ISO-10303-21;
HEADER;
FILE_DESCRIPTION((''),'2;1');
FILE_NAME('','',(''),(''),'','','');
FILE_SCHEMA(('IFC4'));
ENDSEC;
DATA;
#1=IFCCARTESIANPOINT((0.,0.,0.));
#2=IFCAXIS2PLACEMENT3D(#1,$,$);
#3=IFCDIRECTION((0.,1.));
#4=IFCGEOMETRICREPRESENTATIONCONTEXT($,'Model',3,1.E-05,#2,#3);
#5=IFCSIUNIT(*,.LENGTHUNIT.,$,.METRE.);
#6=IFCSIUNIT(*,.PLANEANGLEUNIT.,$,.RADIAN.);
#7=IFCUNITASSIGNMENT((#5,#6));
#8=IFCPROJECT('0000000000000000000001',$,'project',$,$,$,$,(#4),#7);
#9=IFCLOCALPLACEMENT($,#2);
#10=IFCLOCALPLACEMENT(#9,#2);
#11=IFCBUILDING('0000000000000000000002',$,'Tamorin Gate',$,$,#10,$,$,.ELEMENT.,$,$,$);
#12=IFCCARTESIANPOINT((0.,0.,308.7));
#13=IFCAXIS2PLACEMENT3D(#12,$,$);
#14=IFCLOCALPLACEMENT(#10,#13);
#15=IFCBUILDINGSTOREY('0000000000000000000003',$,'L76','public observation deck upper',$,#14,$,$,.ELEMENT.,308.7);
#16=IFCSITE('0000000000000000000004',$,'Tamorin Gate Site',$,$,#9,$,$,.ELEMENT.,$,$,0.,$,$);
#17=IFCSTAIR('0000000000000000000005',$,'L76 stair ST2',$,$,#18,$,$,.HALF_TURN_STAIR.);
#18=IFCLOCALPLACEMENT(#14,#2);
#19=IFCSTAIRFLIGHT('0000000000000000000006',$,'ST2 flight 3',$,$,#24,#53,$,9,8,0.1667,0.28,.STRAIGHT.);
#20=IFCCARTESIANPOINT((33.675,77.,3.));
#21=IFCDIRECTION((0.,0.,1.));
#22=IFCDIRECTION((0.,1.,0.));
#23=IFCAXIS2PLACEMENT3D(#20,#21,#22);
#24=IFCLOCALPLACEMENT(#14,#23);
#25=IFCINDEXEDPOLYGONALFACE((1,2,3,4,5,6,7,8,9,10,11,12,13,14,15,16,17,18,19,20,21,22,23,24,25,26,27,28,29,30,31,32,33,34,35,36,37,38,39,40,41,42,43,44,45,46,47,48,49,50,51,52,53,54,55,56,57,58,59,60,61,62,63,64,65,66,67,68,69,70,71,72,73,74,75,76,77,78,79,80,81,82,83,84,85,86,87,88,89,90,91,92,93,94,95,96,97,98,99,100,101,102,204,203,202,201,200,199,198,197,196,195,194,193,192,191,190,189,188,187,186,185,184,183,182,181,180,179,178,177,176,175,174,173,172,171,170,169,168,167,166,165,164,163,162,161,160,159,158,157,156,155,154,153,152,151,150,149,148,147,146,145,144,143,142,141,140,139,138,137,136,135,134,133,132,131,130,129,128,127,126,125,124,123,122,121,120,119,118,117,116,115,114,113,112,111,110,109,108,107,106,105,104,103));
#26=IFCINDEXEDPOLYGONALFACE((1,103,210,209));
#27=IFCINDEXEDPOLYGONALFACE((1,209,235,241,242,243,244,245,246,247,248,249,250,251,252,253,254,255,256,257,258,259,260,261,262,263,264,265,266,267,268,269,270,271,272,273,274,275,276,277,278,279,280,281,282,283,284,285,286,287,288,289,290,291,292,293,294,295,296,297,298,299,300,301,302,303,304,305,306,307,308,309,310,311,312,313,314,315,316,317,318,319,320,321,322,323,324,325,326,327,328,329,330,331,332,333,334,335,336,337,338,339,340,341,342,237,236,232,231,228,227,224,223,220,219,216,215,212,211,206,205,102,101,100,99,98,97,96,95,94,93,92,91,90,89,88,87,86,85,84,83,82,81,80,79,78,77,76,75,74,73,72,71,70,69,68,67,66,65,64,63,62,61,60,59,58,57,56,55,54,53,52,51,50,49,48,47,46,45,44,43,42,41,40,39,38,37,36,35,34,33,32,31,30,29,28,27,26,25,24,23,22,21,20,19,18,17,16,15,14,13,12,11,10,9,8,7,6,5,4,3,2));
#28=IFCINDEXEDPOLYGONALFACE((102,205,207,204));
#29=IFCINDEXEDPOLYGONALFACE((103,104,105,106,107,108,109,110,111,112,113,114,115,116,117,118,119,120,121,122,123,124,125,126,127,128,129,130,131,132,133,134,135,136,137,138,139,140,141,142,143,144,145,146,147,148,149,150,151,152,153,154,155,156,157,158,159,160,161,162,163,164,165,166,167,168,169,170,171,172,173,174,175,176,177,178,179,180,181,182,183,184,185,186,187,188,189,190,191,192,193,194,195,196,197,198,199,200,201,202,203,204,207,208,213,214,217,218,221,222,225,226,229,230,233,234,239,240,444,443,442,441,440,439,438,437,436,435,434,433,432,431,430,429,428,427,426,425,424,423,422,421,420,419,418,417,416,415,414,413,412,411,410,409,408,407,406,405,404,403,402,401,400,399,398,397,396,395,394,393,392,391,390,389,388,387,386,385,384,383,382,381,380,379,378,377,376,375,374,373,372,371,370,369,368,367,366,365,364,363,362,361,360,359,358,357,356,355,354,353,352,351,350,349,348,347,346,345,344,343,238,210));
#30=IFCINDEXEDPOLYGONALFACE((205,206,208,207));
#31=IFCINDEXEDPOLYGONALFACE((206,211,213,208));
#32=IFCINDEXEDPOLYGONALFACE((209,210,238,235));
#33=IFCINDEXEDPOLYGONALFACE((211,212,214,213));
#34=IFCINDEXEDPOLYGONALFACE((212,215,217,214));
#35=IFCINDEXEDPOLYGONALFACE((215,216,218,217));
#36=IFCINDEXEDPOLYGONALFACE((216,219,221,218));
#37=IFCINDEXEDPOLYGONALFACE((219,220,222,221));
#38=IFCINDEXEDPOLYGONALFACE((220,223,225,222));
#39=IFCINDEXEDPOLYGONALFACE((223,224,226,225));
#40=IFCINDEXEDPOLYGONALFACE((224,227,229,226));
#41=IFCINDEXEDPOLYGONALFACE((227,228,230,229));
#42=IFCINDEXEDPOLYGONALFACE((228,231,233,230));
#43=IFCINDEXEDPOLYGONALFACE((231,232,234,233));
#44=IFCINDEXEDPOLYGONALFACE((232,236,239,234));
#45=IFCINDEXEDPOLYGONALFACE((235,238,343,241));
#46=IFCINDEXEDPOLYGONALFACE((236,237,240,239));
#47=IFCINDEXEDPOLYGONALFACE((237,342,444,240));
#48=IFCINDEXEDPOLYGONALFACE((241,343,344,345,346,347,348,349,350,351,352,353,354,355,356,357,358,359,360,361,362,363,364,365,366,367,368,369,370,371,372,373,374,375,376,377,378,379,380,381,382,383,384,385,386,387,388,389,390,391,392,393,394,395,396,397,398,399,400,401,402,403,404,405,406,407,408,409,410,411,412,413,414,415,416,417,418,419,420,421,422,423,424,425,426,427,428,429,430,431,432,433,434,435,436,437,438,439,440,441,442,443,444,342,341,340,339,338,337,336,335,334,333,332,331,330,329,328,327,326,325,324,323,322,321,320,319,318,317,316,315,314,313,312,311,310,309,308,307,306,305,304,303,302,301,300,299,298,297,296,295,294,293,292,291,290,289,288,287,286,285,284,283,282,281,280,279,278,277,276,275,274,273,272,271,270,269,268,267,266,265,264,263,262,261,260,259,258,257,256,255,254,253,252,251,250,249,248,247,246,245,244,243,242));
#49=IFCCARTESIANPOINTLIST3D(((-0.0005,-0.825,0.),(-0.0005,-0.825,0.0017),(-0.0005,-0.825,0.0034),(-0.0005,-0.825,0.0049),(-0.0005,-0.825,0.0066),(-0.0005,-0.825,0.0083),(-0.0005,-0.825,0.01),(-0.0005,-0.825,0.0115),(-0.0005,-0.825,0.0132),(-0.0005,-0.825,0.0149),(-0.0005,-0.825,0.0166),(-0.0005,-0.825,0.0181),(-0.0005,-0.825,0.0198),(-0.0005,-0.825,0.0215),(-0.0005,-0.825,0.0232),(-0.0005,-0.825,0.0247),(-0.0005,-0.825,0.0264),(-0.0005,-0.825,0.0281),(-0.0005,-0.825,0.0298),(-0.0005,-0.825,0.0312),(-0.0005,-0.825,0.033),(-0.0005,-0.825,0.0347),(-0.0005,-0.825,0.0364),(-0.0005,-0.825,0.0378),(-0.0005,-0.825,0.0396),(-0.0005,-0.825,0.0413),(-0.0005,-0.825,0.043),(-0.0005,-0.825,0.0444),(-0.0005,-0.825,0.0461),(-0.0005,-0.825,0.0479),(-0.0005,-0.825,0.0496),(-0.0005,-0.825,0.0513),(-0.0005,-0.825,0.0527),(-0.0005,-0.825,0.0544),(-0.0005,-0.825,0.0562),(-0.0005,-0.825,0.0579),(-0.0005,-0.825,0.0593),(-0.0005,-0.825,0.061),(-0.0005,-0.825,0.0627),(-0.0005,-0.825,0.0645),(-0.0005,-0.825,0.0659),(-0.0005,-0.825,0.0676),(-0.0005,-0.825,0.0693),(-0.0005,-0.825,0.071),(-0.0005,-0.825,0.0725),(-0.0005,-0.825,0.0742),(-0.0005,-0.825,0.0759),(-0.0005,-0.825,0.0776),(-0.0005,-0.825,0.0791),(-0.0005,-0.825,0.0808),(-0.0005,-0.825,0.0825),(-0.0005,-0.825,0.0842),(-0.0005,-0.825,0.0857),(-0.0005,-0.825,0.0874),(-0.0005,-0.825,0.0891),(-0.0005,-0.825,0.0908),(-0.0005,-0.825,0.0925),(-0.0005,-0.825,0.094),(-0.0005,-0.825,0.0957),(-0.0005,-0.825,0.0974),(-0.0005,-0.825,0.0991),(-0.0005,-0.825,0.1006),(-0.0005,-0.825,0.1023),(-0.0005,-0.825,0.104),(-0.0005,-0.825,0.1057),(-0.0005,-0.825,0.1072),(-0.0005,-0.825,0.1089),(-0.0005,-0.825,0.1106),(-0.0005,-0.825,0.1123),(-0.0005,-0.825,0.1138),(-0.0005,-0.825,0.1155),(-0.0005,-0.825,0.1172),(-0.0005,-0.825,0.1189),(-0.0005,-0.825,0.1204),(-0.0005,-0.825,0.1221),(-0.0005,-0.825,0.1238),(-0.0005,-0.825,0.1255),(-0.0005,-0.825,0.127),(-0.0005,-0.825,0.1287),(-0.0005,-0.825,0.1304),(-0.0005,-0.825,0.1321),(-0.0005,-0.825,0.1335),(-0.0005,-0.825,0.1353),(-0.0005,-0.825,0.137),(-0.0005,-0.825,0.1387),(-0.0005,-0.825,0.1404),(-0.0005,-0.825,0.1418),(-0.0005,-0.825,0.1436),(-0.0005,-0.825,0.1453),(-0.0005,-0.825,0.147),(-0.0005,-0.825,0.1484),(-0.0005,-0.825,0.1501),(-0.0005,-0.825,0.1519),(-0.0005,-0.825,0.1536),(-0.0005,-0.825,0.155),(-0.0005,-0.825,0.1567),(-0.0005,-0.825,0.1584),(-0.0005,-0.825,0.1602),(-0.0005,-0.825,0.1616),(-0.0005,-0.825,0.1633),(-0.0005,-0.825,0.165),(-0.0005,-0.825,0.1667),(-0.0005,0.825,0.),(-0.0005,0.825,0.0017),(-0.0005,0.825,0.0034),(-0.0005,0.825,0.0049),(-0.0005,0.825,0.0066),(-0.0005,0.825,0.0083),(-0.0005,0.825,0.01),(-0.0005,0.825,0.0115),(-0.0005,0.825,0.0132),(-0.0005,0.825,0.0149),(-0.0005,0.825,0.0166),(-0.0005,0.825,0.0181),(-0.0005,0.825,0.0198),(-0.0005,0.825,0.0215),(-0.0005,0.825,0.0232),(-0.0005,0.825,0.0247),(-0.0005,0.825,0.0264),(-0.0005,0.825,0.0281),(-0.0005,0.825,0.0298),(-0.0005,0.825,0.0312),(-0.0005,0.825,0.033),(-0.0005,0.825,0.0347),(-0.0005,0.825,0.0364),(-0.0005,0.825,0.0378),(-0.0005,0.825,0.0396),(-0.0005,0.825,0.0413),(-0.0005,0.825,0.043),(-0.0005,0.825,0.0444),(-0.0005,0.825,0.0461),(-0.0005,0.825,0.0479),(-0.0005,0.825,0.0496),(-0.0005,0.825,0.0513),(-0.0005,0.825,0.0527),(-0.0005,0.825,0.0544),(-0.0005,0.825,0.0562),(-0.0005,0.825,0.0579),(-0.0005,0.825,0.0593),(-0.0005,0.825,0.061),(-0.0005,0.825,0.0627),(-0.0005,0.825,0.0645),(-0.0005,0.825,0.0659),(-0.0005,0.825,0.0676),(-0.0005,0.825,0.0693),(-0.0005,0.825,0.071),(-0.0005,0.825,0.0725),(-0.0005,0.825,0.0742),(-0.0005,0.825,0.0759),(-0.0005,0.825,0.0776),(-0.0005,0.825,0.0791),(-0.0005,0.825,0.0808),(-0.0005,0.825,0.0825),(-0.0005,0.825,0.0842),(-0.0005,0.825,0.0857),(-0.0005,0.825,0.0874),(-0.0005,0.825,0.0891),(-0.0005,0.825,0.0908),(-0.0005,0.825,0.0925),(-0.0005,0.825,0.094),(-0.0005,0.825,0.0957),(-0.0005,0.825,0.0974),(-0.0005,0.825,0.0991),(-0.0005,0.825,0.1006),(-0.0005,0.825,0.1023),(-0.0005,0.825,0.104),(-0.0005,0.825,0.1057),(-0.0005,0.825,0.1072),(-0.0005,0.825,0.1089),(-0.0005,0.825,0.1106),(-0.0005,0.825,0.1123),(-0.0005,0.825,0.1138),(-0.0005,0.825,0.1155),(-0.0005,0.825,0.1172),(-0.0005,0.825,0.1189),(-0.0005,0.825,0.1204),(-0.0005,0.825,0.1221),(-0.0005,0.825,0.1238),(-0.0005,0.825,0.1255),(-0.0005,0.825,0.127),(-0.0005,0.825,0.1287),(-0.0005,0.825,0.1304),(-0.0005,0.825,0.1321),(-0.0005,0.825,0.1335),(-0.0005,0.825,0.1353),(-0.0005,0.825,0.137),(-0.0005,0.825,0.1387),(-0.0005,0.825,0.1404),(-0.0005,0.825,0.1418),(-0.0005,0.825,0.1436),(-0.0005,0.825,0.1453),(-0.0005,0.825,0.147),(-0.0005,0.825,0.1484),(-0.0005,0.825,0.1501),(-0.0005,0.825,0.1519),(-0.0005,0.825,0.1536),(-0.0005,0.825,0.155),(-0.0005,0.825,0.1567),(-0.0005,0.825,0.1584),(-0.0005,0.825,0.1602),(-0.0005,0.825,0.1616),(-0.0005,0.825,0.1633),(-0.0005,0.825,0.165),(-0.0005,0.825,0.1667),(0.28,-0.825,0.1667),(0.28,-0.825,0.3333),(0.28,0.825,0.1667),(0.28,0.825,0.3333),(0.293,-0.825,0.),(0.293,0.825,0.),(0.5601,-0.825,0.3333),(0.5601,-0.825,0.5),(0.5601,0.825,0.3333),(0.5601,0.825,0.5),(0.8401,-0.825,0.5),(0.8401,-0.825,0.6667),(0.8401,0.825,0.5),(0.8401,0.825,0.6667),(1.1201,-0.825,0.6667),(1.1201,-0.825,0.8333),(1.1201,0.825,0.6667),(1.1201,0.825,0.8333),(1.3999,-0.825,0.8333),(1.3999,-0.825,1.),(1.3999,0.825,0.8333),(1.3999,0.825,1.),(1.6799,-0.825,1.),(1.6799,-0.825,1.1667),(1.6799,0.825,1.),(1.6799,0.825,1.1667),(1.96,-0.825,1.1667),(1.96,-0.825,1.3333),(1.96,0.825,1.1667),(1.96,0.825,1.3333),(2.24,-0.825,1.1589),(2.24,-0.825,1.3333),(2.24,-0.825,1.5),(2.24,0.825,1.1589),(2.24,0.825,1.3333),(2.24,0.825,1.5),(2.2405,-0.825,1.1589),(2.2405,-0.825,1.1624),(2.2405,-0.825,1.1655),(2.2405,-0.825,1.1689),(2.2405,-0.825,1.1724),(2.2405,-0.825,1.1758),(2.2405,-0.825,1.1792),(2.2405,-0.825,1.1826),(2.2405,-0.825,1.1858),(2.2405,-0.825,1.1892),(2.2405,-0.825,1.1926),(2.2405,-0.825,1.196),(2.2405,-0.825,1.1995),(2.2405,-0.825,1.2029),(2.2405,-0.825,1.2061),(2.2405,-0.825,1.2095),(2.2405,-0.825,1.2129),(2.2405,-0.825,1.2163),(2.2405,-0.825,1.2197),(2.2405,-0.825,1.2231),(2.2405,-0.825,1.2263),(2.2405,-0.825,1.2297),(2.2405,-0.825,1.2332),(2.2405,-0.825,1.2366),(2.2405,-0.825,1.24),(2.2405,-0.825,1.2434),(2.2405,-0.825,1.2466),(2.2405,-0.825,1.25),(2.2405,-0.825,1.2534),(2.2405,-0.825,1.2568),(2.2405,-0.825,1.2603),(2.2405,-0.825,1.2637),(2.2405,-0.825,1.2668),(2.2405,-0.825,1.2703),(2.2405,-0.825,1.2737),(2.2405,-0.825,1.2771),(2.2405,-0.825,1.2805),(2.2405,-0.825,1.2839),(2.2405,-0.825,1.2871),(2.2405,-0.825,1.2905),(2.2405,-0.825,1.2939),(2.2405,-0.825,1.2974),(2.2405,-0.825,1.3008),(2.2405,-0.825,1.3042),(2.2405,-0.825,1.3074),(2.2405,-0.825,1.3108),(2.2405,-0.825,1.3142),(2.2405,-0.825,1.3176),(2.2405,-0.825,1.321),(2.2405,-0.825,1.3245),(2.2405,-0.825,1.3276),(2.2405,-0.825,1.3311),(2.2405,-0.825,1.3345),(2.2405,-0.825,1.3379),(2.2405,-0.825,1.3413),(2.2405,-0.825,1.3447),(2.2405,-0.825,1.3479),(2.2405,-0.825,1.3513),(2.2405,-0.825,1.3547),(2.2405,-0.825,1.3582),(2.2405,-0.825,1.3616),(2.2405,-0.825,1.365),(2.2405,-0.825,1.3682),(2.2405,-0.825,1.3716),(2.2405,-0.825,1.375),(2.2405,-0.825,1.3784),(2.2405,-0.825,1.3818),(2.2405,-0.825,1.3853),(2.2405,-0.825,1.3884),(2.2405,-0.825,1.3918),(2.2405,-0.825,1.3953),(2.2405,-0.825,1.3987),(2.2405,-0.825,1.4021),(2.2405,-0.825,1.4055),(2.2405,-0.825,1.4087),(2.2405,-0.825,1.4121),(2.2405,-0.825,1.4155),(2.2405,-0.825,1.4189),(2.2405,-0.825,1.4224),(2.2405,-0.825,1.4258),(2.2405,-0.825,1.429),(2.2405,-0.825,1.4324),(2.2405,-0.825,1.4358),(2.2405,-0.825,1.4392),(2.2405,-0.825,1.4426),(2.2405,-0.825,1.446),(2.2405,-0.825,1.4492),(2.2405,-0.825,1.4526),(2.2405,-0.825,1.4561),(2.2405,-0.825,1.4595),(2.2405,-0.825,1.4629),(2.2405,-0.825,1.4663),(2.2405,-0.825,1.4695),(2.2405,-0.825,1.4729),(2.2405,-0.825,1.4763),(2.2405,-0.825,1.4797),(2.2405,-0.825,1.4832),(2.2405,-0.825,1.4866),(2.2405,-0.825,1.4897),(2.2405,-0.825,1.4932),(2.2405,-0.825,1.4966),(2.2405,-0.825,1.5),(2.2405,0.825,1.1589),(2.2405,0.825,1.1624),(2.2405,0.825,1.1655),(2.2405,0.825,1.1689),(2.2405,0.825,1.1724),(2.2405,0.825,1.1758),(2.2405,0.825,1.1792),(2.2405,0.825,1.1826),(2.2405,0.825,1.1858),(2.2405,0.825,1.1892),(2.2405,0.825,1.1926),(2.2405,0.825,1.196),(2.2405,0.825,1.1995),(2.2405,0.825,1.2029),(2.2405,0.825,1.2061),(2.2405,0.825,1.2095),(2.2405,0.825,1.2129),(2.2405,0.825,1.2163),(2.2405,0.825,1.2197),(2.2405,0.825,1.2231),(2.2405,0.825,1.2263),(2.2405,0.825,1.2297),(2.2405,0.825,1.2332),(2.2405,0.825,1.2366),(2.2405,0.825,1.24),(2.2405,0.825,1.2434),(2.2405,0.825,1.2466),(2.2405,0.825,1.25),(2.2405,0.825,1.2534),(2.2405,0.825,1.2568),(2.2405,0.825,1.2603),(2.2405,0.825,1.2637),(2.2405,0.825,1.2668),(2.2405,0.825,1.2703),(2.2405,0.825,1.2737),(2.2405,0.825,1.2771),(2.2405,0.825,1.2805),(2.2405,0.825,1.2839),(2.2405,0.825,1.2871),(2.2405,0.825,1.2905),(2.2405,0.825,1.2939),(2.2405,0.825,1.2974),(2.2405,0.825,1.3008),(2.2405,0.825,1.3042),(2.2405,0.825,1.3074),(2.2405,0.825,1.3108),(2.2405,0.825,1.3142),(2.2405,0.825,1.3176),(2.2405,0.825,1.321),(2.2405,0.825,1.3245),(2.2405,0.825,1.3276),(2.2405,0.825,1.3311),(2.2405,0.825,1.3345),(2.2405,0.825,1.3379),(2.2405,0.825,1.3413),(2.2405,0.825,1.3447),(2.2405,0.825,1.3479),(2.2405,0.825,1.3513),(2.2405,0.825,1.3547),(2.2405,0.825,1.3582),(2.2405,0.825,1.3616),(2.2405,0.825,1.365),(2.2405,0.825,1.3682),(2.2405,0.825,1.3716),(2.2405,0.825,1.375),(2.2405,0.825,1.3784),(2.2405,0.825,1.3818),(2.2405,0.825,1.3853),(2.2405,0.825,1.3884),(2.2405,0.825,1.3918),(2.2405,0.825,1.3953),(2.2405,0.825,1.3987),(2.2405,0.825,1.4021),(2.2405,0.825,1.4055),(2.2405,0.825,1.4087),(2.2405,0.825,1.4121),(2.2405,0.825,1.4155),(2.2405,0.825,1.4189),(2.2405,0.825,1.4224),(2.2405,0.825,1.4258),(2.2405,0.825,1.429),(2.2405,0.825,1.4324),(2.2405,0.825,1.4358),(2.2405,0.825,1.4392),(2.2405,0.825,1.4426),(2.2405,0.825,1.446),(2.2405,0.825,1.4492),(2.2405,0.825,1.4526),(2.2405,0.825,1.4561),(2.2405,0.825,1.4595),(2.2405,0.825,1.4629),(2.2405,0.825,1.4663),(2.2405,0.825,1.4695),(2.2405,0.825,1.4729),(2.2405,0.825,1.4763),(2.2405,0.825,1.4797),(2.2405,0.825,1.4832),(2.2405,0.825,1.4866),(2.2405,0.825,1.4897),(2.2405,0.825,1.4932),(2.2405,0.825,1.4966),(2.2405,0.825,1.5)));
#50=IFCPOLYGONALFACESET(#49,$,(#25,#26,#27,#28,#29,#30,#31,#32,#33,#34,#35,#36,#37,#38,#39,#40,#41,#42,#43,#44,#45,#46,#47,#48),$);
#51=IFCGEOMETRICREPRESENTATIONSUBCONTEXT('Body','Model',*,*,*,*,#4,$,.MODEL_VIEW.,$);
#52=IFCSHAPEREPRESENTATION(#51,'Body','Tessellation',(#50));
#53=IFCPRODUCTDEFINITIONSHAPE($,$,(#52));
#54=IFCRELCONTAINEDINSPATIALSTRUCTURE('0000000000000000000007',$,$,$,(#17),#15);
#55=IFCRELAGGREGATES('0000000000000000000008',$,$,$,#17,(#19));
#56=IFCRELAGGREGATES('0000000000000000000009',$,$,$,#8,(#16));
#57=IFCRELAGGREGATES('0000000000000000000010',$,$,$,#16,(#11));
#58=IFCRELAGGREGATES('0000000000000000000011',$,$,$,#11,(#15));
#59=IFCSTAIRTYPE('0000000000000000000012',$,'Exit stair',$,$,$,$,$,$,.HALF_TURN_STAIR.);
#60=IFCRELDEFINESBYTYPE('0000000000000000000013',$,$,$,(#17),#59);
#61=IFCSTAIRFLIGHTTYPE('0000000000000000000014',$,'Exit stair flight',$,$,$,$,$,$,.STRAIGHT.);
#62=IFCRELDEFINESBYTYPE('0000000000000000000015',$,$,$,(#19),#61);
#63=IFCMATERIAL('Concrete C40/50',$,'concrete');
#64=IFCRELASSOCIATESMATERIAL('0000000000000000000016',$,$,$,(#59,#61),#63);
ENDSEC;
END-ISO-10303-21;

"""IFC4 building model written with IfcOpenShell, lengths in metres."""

from ifc_helpers import new_model, si_unit, direction, frame, origin, place, context, subcontext, project, spatial, polyline, outline, extrude, material, type_object, element, aggregate, save


model = new_model("IFC4")

# Units and contexts
model_context = context("Model", 3, precision=1e-05, world=origin(), true_north=direction((0.0, 1.0)))
body_context = subcontext(model_context, "Body", "Model", "MODEL_VIEW")
ifc_project = project(units=[si_unit("LENGTHUNIT", "METRE"), si_unit("PLANEANGLEUNIT", "RADIAN")], contexts=[model_context])

# Site, building, storey
site_placement = place(None, origin())
site = spatial("IfcSite", under=ifc_project, at=site_placement, Name="Tamorin Gate Site", CompositionType="ELEMENT", RefElevation=0.0)
building_placement = place(site_placement, origin())
building = spatial("IfcBuilding", under=site, at=building_placement, Name="Tamorin Gate", CompositionType="ELEMENT")
storey_placement = place(building_placement, frame((0.0, 0.0, 308.7)))
storey = spatial("IfcBuildingStorey", under=building, at=storey_placement, Name="L76", Description="public observation deck upper", CompositionType="ELEMENT", Elevation=308.7)

# Stair, stair flight
ifc_material_1 = material(Name="Concrete C40/50", Category="concrete")
stair_type = type_object("IfcStairType", Name="Exit stair", PredefinedType="HALF_TURN_STAIR", material=ifc_material_1)
stair_placement = place(storey_placement, origin())
stair = element("IfcStair", 1, at=stair_placement, inside=storey, type_object=stair_type, Name="L76 stair ST2", PredefinedType="HALF_TURN_STAIR")
stair_flight_type = type_object("IfcStairFlightType", Name="Exit stair flight", PredefinedType="STRAIGHT", material=ifc_material_1)
stair_flight_placement = place(storey_placement, frame((33.675, 77.0, 3.0), z_axis=(0.0, 0.0, 1.0), x_axis=(0.0, 1.0, 0.0)))
stair_flight = element("IfcStairFlight", 2, at=stair_flight_placement, type_object=stair_flight_type, Name="ST2 flight 3", NumberOfRisers=9, NumberOfTreads=8, PredefinedType="STRAIGHT", RiserHeight=0.1667, TreadLength=0.28, context=body_context, shape_type="SweptSolid", body=[
    extrude(outline(polyline([(-0.0005, 0.0), (-0.0005, 0.0017), (-0.0005, 0.0034), (-0.0005, 0.0049), (-0.0005, 0.0066), (-0.0005, 0.0083), (-0.0005, 0.01), (-0.0005, 0.0115), (-0.0005, 0.0132), (-0.0005, 0.0149), (-0.0005, 0.0166), (-0.0005, 0.0181), (-0.0005, 0.0198), (-0.0005, 0.0215), (-0.0005, 0.0232), (-0.0005, 0.0247), (-0.0005, 0.0264), (-0.0005, 0.0281), (-0.0005, 0.0298), (-0.0005, 0.0312), (-0.0005, 0.033), (-0.0005, 0.0347), (-0.0005, 0.0364), (-0.0005, 0.0378), (-0.0005, 0.0396), (-0.0005, 0.0413), (-0.0005, 0.043), (-0.0005, 0.0444), (-0.0005, 0.0461), (-0.0005, 0.0479), (-0.0005, 0.0496), (-0.0005, 0.0513), (-0.0005, 0.0527), (-0.0005, 0.0544), (-0.0005, 0.0562), (-0.0005, 0.0579), (-0.0005, 0.0593), (-0.0005, 0.061), (-0.0005, 0.0627), (-0.0005, 0.0645), (-0.0005, 0.0659), (-0.0005, 0.0676), (-0.0005, 0.0693), (-0.0005, 0.071), (-0.0005, 0.0725), (-0.0005, 0.0742), (-0.0005, 0.0759), (-0.0005, 0.0776), (-0.0005, 0.0791), (-0.0005, 0.0808), (-0.0005, 0.0825), (-0.0005, 0.0842), (-0.0005, 0.0857), (-0.0005, 0.0874), (-0.0005, 0.0891), (-0.0005, 0.0908), (-0.0005, 0.0925), (-0.0005, 0.094), (-0.0005, 0.0957), (-0.0005, 0.0974), (-0.0005, 0.0991), (-0.0005, 0.1006), (-0.0005, 0.1023), (-0.0005, 0.104), (-0.0005, 0.1057), (-0.0005, 0.1072), (-0.0005, 0.1089), (-0.0005, 0.1106), (-0.0005, 0.1123), (-0.0005, 0.1138), (-0.0005, 0.1155), (-0.0005, 0.1172), (-0.0005, 0.1189), (-0.0005, 0.1204), (-0.0005, 0.1221), (-0.0005, 0.1238), (-0.0005, 0.1255), (-0.0005, 0.127), (-0.0005, 0.1287), (-0.0005, 0.1304), (-0.0005, 0.1321), (-0.0005, 0.1335), (-0.0005, 0.1353), (-0.0005, 0.137), (-0.0005, 0.1387), (-0.0005, 0.1404), (-0.0005, 0.1418), (-0.0005, 0.1436), (-0.0005, 0.1453), (-0.0005, 0.147), (-0.0005, 0.1484), (-0.0005, 0.1501), (-0.0005, 0.1519), (-0.0005, 0.1536), (-0.0005, 0.155), (-0.0005, 0.1567), (-0.0005, 0.1584), (-0.0005, 0.1602), (-0.0005, 0.1616), (-0.0005, 0.1633), (-0.0005, 0.165), (-0.0005, 0.1667), (0.28, 0.1667), (0.28, 0.3333), (0.5601, 0.3333), (0.5601, 0.5), (0.8401, 0.5), (0.8401, 0.6667), (1.1201, 0.6667), (1.1201, 0.8333), (1.3999, 0.8333), (1.3999, 1.0), (1.6799, 1.0), (1.6799, 1.1667), (1.96, 1.1667), (1.96, 1.3333), (2.24, 1.3333), (2.24, 1.5), (2.2405, 1.5), (2.2405, 1.4966), (2.2405, 1.4932), (2.2405, 1.4897), (2.2405, 1.4866), (2.2405, 1.4832), (2.2405, 1.4797), (2.2405, 1.4763), (2.2405, 1.4729), (2.2405, 1.4695), (2.2405, 1.4663), (2.2405, 1.4629), (2.2405, 1.4595), (2.2405, 1.4561), (2.2405, 1.4526), (2.2405, 1.4492), (2.2405, 1.446), (2.2405, 1.4426), (2.2405, 1.4392), (2.2405, 1.4358), (2.2405, 1.4324), (2.2405, 1.429), (2.2405, 1.4258), (2.2405, 1.4224), (2.2405, 1.4189), (2.2405, 1.4155), (2.2405, 1.4121), (2.2405, 1.4087), (2.2405, 1.4055), (2.2405, 1.4021), (2.2405, 1.3987), (2.2405, 1.3953), (2.2405, 1.3918), (2.2405, 1.3884), (2.2405, 1.3853), (2.2405, 1.3818), (2.2405, 1.3784), (2.2405, 1.375), (2.2405, 1.3716), (2.2405, 1.3682), (2.2405, 1.365), (2.2405, 1.3616), (2.2405, 1.3582), (2.2405, 1.3547), (2.2405, 1.3513), (2.2405, 1.3479), (2.2405, 1.3447), (2.2405, 1.3413), (2.2405, 1.3379), (2.2405, 1.3345), (2.2405, 1.3311), (2.2405, 1.3276), (2.2405, 1.3245), (2.2405, 1.321), (2.2405, 1.3176), (2.2405, 1.3142), (2.2405, 1.3108), (2.2405, 1.3074), (2.2405, 1.3042), (2.2405, 1.3008), (2.2405, 1.2974), (2.2405, 1.2939), (2.2405, 1.2905), (2.2405, 1.2871), (2.2405, 1.2839), (2.2405, 1.2805), (2.2405, 1.2771), (2.2405, 1.2737), (2.2405, 1.2703), (2.2405, 1.2668), (2.2405, 1.2637), (2.2405, 1.2603), (2.2405, 1.2568), (2.2405, 1.2534), (2.2405, 1.25), (2.2405, 1.2466), (2.2405, 1.2434), (2.2405, 1.24), (2.2405, 1.2366), (2.2405, 1.2332), (2.2405, 1.2297), (2.2405, 1.2263), (2.2405, 1.2231), (2.2405, 1.2197), (2.2405, 1.2163), (2.2405, 1.2129), (2.2405, 1.2095), (2.2405, 1.2061), (2.2405, 1.2029), (2.2405, 1.1995), (2.2405, 1.196), (2.2405, 1.1926), (2.2405, 1.1892), (2.2405, 1.1858), (2.2405, 1.1826), (2.2405, 1.1792), (2.2405, 1.1758), (2.2405, 1.1724), (2.2405, 1.1689), (2.2405, 1.1655), (2.2405, 1.1624), (2.2405, 1.1589), (2.24, 1.1589), (0.293, 0.0), (-0.0005, 0.0)])), frame((0.0, 0.825, 0.0), z_axis=(0.0, -1.0, 0.0), x_axis=(1.0, 0.0, 0.0)), (0.0, 0.0, 1.0), 1.6499),
])
aggregate(stair, [stair_flight])

save(model, "model.ifc")
